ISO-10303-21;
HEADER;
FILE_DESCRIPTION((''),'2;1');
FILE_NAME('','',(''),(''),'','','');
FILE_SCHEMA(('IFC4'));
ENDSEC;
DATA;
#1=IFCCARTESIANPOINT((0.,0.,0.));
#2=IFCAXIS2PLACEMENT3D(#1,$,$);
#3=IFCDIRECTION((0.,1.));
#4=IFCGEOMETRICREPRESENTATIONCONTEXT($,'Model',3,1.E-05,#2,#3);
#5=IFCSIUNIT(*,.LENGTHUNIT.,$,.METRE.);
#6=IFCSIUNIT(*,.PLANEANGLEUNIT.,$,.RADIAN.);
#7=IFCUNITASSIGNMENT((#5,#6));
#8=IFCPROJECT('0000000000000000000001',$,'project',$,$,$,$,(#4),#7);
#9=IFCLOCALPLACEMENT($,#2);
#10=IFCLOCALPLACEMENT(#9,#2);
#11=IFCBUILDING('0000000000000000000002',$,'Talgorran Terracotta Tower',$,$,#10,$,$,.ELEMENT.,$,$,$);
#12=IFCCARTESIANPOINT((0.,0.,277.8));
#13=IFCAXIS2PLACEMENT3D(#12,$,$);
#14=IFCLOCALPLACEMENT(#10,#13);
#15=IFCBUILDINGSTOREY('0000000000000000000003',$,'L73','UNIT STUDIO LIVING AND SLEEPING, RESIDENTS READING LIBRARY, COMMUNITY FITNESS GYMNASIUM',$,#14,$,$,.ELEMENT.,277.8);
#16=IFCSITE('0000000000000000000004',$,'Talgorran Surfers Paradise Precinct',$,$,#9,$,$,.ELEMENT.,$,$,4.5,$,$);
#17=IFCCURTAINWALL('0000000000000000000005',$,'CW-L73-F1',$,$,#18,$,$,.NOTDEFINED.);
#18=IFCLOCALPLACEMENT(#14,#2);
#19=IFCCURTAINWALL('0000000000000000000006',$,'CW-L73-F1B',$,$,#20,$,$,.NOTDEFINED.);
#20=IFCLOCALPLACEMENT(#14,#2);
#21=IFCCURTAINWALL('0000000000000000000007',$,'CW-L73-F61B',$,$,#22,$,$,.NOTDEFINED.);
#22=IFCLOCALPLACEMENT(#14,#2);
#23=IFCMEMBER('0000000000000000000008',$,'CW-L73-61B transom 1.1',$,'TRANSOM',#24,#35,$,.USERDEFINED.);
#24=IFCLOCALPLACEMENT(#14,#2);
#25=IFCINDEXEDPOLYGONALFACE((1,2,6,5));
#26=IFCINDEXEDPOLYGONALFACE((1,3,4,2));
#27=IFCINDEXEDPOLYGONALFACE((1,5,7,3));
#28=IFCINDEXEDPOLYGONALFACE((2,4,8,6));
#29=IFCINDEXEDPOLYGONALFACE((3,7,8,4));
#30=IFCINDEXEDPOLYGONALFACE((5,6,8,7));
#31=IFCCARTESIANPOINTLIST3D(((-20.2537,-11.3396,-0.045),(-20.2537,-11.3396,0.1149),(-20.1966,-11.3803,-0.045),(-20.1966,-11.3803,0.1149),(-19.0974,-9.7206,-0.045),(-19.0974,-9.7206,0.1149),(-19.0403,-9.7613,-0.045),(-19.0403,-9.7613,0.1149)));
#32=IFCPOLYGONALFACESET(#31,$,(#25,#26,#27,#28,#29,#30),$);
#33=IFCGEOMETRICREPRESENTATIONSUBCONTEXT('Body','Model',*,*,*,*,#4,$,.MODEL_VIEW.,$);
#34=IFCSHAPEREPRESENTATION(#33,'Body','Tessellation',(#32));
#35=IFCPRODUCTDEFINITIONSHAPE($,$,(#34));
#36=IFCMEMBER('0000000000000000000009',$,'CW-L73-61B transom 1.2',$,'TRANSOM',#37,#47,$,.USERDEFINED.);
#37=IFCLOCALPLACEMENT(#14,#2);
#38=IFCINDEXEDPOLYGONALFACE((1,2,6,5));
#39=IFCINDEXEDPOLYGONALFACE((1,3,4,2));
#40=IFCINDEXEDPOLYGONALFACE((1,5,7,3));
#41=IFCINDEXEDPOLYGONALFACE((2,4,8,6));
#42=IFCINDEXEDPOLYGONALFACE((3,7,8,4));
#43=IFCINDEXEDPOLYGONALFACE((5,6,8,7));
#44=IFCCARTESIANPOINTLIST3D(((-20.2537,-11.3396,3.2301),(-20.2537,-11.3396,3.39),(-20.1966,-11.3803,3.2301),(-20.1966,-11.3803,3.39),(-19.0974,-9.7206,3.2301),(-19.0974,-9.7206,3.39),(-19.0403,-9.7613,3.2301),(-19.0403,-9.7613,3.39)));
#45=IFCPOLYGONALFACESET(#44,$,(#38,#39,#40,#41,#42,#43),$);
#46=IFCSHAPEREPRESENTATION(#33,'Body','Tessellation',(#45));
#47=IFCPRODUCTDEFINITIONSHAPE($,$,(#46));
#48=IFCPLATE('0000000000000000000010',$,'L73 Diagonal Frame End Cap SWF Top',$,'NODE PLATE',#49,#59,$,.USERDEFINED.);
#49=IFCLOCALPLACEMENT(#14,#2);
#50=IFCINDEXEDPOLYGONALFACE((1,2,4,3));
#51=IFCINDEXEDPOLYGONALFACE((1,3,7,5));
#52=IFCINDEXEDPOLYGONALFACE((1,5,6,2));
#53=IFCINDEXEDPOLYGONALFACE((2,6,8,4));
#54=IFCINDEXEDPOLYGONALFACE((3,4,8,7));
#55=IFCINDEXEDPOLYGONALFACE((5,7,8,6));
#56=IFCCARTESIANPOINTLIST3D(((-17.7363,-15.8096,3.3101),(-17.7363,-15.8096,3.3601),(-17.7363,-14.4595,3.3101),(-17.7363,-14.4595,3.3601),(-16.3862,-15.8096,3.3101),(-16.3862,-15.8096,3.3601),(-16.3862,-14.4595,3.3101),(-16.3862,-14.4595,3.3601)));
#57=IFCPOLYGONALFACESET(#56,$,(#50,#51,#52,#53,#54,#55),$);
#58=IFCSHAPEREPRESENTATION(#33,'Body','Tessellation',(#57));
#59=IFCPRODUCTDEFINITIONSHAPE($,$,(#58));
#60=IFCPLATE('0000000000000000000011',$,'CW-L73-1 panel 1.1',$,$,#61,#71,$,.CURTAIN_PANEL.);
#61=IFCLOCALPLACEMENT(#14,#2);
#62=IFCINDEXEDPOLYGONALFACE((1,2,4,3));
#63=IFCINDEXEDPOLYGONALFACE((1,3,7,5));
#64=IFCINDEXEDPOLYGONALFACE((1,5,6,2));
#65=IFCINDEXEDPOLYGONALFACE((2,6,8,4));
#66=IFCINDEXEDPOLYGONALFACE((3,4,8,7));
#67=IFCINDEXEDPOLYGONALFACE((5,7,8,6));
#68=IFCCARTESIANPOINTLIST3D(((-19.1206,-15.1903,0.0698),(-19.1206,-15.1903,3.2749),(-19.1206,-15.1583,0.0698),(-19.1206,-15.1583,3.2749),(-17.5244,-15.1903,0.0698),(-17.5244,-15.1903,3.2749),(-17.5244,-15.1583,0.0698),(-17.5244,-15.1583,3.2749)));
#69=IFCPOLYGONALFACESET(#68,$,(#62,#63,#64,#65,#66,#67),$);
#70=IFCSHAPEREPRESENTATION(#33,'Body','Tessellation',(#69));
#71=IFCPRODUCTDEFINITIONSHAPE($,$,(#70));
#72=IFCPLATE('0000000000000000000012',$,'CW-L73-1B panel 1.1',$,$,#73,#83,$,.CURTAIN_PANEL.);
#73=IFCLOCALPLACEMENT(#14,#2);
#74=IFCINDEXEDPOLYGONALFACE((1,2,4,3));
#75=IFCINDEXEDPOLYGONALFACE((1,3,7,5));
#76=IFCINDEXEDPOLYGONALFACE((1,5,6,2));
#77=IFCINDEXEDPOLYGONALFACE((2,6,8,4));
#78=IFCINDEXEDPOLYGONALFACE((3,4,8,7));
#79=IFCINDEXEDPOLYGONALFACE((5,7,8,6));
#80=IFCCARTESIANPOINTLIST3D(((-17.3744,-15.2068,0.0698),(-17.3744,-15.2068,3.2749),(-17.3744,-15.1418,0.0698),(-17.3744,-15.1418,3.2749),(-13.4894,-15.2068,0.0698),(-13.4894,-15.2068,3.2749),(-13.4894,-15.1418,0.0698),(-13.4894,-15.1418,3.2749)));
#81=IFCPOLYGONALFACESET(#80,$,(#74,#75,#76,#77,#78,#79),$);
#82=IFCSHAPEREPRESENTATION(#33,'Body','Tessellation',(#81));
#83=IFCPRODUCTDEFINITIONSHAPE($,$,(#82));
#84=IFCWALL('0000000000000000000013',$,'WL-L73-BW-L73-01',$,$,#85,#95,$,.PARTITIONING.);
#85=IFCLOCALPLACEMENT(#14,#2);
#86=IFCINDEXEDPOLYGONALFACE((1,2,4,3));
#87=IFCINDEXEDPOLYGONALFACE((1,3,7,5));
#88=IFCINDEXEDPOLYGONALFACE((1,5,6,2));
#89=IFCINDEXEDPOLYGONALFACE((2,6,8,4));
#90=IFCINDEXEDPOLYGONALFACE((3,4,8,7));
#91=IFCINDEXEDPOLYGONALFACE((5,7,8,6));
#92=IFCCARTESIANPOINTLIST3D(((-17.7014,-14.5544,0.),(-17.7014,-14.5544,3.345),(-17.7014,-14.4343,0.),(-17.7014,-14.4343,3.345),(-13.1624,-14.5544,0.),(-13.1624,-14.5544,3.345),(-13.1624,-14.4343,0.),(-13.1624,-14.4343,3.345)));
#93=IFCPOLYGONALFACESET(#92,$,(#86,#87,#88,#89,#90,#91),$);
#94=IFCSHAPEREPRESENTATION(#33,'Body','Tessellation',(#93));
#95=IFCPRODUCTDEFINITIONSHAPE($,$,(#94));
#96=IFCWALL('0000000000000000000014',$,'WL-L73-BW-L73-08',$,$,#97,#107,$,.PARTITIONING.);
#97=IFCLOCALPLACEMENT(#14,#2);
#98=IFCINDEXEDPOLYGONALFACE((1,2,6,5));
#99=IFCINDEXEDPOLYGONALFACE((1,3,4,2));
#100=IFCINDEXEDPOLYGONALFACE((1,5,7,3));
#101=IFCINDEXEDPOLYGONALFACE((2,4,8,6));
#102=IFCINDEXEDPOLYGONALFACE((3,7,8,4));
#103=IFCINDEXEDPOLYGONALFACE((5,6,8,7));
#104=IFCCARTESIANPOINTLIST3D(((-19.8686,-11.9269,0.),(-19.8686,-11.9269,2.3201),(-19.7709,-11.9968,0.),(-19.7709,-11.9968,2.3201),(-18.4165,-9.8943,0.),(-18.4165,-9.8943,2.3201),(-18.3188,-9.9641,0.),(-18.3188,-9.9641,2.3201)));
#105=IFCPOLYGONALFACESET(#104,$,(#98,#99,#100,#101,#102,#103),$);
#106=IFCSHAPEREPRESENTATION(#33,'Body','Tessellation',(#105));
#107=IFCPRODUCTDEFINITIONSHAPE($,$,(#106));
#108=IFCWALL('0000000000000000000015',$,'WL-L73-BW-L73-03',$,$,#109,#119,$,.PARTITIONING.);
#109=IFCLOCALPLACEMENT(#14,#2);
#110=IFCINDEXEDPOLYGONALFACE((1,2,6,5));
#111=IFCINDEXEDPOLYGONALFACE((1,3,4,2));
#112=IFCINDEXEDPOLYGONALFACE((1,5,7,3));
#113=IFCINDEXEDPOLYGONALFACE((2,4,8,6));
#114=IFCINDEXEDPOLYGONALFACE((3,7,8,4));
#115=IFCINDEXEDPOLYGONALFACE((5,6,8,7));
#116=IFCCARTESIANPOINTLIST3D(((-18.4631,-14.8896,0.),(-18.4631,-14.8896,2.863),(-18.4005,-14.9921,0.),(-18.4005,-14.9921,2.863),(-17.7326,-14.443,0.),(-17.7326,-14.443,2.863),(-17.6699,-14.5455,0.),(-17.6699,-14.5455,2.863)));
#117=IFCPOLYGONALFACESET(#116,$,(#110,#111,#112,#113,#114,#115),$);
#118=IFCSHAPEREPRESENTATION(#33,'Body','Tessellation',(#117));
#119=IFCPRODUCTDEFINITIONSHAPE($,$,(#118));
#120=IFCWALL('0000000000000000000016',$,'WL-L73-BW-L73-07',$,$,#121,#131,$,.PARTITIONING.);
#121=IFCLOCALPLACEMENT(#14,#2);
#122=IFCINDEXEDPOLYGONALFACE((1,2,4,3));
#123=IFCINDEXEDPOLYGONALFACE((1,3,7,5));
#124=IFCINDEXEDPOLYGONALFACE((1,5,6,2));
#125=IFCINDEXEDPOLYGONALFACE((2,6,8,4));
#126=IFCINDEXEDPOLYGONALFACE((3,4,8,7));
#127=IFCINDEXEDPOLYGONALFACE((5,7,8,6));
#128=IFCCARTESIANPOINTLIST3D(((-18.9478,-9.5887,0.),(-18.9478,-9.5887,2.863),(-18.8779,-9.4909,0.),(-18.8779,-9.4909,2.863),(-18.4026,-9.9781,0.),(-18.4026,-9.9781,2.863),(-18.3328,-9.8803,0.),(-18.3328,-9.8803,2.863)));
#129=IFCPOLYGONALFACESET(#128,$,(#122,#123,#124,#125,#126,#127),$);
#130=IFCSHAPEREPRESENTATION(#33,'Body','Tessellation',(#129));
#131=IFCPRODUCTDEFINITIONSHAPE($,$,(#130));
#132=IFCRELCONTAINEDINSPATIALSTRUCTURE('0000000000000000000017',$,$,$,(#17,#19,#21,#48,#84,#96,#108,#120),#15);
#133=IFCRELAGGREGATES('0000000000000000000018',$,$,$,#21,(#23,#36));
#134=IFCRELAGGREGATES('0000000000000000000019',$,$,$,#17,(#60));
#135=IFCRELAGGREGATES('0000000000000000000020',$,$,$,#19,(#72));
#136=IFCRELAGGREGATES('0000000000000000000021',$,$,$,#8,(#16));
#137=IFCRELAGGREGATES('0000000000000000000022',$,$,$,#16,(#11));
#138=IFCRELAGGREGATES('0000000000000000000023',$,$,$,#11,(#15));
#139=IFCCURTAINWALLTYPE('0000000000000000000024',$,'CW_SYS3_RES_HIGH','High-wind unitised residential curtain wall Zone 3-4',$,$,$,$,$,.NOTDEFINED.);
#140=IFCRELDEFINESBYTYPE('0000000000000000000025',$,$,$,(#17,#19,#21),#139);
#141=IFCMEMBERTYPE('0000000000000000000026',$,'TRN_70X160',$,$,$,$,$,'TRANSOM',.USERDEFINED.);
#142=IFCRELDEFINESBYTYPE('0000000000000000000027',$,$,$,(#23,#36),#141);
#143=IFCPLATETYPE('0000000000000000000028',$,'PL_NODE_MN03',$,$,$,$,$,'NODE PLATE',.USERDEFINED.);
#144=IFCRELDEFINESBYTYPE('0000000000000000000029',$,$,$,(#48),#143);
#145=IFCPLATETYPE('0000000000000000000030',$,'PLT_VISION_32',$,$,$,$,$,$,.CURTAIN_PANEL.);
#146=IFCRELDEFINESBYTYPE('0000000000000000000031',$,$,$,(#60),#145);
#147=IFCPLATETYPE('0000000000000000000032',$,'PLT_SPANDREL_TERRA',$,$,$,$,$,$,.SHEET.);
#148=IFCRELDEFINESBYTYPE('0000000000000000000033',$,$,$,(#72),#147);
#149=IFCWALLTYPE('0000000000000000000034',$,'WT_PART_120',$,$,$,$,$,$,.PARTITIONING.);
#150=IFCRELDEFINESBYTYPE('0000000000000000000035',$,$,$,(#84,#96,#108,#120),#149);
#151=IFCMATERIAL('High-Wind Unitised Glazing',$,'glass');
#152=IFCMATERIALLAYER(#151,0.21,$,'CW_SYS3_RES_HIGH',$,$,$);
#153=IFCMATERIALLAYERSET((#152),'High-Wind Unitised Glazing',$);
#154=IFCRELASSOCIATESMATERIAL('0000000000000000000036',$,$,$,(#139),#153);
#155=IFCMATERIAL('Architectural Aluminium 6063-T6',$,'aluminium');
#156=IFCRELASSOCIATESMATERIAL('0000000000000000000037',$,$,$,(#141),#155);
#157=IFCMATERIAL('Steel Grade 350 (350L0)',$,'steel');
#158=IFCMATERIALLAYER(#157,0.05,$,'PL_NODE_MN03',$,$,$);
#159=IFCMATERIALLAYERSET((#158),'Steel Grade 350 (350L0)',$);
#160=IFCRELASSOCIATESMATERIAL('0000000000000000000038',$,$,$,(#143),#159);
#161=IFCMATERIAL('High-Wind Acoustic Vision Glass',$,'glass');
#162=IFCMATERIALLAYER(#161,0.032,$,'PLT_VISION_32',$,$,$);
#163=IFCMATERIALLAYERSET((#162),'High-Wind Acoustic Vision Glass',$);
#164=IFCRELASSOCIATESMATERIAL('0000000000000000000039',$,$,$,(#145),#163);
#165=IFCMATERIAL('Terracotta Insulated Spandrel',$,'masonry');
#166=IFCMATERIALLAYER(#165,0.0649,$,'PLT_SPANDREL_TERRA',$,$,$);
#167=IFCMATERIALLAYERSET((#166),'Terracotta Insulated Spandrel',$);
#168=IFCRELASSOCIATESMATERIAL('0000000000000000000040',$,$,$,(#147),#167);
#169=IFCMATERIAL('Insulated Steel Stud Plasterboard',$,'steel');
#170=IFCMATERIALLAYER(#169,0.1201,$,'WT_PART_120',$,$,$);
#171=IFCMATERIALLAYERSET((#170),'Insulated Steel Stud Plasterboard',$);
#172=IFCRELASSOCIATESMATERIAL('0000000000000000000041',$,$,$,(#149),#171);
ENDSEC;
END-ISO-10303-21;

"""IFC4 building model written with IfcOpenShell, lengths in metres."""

from ifc_helpers import new_model, si_unit, direction, frame, frame_2d, origin, origin_2d, place, context, subcontext, project, spatial, rectangle, extrude, source, transform, mapped, material, layer, layer_set, material_profile, profile_set, type_object, type_shapes, element, aggregate, save


model = new_model("IFC4")

# Units and contexts
model_context = context("Model", 3, precision=1e-05, world=origin(), true_north=direction((0.0, 1.0)))
body_context = subcontext(model_context, "Body", "Model", "MODEL_VIEW")
ifc_project = project(units=[si_unit("LENGTHUNIT", "METRE"), si_unit("PLANEANGLEUNIT", "RADIAN")], contexts=[model_context])

# Site, building, storey
site_placement = place(None, origin())
site = spatial("IfcSite", under=ifc_project, at=site_placement, Name="Talgorran Surfers Paradise Precinct", CompositionType="ELEMENT", RefElevation=4.5)
building_placement = place(site_placement, origin())
building = spatial("IfcBuilding", under=site, at=building_placement, Name="Talgorran Terracotta Tower", CompositionType="ELEMENT")
storey_placement = place(building_placement, frame((0.0, 0.0, 277.8)))
storey = spatial("IfcBuildingStorey", under=building, at=storey_placement, Name="L73", Description="UNIT STUDIO LIVING AND SLEEPING, RESIDENTS READING LIBRARY, COMMUNITY FITNESS GYMNASIUM", CompositionType="ELEMENT", Elevation=277.8)

# Shared definitions
ifc_material_1 = material(Name="Steel Grade 350 (350L0)", Category="steel")

# Curtain wall
ifc_material_2 = material(Name="High-Wind Unitised Glazing", Category="glass")
ifc_layer_1 = layer(ifc_material_2, 0.21, Name="CW_SYS3_RES_HIGH")
ifc_layer_set_1 = layer_set([ifc_layer_1], Name="High-Wind Unitised Glazing")
curtain_wall_type = type_object("IfcCurtainWallType", Name="CW_SYS3_RES_HIGH", Description="High-wind unitised residential curtain wall Zone 3-4", PredefinedType="NOTDEFINED", material=ifc_layer_set_1)
curtain_wall_1_placement = place(storey_placement, origin())
curtain_wall_1 = element("IfcCurtainWall", 1, at=curtain_wall_1_placement, inside=storey, type_object=curtain_wall_type, Name="CW-L73-F1", PredefinedType="NOTDEFINED")
ifc_material_3 = material(Name="Architectural Aluminium 6063-T6", Category="aluminium")

# Curtain walls
curtain_wall_2_placement = place(storey_placement, origin())
curtain_wall_2 = element("IfcCurtainWall", 2, at=curtain_wall_2_placement, inside=storey, type_object=curtain_wall_type, Name="CW-L73-F1B", PredefinedType="NOTDEFINED")
curtain_wall_3_placement = place(storey_placement, origin())
curtain_wall_3 = element("IfcCurtainWall", 3, at=curtain_wall_3_placement, inside=storey, type_object=curtain_wall_type, Name="CW-L73-F61B", PredefinedType="NOTDEFINED")

# Members
ifc_material_profile_1 = material_profile(ifc_material_3, rectangle(XDim=0.0701, YDim=0.1599, at=origin_2d()), Name="CWT70X160")
ifc_profile_set_1 = profile_set([ifc_material_profile_1], Name="Architectural Aluminium 6063-T6")
member_type_1 = type_object("IfcMemberType", Name="TRN_70X160", ElementType="TRANSOM", PredefinedType="USERDEFINED", material=ifc_profile_set_1)
member_1_placement = place(storey_placement, frame((-19.0688, -9.741, 0.0349), z_axis=(-0.581203, -0.813758, 0.0), x_axis=(0.813758, -0.581203, 0.0)))
member_1 = element("IfcMember", 4, at=member_1_placement, type_object=member_type_1, Name="CW-L73-61B transom 1.1", ObjectType="TRANSOM", PredefinedType="USERDEFINED", context=body_context, shape_type="SweptSolid", body=[
    extrude(rectangle(XDim=0.0701, YDim=0.1599, at=origin_2d()), origin(), (0.0, 0.0, 1.0), 1.9895),
])
member_2_placement = place(storey_placement, frame((-19.0688, -9.741, 3.3101), z_axis=(-0.581203, -0.813758, 0.0), x_axis=(0.813758, -0.581203, 0.0)))
member_2 = element("IfcMember", 5, at=member_2_placement, type_object=member_type_1, Name="CW-L73-61B transom 1.2", ObjectType="TRANSOM", PredefinedType="USERDEFINED", context=body_context, shape_type="SweptSolid", body=[
    extrude(rectangle(XDim=0.0701, YDim=0.1599, at=origin_2d()), origin(), (0.0, 0.0, 1.0), 1.9895),
])
aggregate(curtain_wall_3, [member_1, member_2])

# Plates
ifc_layer_2 = layer(ifc_material_1, 0.05, Name="PL_NODE_MN03")
ifc_layer_set_2 = layer_set([ifc_layer_2], Name="Steel Grade 350 (350L0)")
plate_type_1 = type_object("IfcPlateType", Name="PL_NODE_MN03", ElementType="NODE PLATE", PredefinedType="USERDEFINED", material=ifc_layer_set_2)
plate_1_placement = place(storey_placement, frame((-17.0613, -15.1345, 3.3101), z_axis=(0.0, 0.0, 1.0), x_axis=(-1.0, 0.0, 0.0)))
element("IfcPlate", 6, at=plate_1_placement, inside=storey, type_object=plate_type_1, Name="L73 Diagonal Frame End Cap SWF Top", ObjectType="NODE PLATE", PredefinedType="USERDEFINED", context=body_context, shape_type="SweptSolid", body=[
    extrude(rectangle(XDim=1.3501, YDim=1.3501, at=origin_2d()), origin(), (0.0, 0.0, 1.0), 0.05),
])
ifc_material_4 = material(Name="High-Wind Acoustic Vision Glass", Category="glass")
ifc_layer_3 = layer(ifc_material_4, 0.032, Name="PLT_VISION_32")
ifc_layer_set_3 = layer_set([ifc_layer_3], Name="High-Wind Acoustic Vision Glass")
plate_type_2 = type_object("IfcPlateType", Name="PLT_VISION_32", PredefinedType="CURTAIN_PANEL", material=ifc_layer_set_3)
shared_shape_1 = source(origin(), body_context, "Body", "SweptSolid", [
    extrude(rectangle(XDim=1.5962, YDim=0.032, at=origin_2d()), origin(), (0.0, 0.0, 1.0), 3.2051),
])
type_shapes(plate_type_2, [shared_shape_1])
plate_2_placement = place(storey_placement, frame((-18.3225, -15.1743, 0.0698), z_axis=(0.0, 0.0, 1.0), x_axis=(1.0, 0.0, 0.0)))
plate_2 = element("IfcPlate", 7, at=plate_2_placement, type_object=plate_type_2, Name="CW-L73-1 panel 1.1", PredefinedType="CURTAIN_PANEL", context=body_context, shape_type="MappedRepresentation", body=[
    mapped(shared_shape_1, transform((0.0, 0.0, 0.0), scale=1.0)),
])
aggregate(curtain_wall_1, [plate_2])
ifc_material_5 = material(Name="Terracotta Insulated Spandrel", Category="masonry")
ifc_layer_4 = layer(ifc_material_5, 0.0649, Name="PLT_SPANDREL_TERRA")
ifc_layer_set_4 = layer_set([ifc_layer_4], Name="Terracotta Insulated Spandrel")
plate_type_3 = type_object("IfcPlateType", Name="PLT_SPANDREL_TERRA", PredefinedType="SHEET", material=ifc_layer_set_4)
shared_shape_2 = source(origin(), body_context, "Body", "SweptSolid", [
    extrude(rectangle(XDim=3.885, YDim=0.0649, at=origin_2d()), origin(), (0.0, 0.0, 1.0), 3.2051),
])
type_shapes(plate_type_3, [shared_shape_2])
plate_3_placement = place(storey_placement, frame((-15.4319, -15.1743, 0.0698), z_axis=(0.0, 0.0, 1.0), x_axis=(1.0, 0.0, 0.0)))
plate_3 = element("IfcPlate", 8, at=plate_3_placement, type_object=plate_type_3, Name="CW-L73-1B panel 1.1", PredefinedType="CURTAIN_PANEL", context=body_context, shape_type="MappedRepresentation", body=[
    mapped(shared_shape_2, transform((0.0, 0.0, 0.0), scale=1.0)),
])
aggregate(curtain_wall_2, [plate_3])

# Walls
ifc_material_6 = material(Name="Insulated Steel Stud Plasterboard", Category="steel")
ifc_layer_5 = layer(ifc_material_6, 0.1201, Name="WT_PART_120")
ifc_layer_set_5 = layer_set([ifc_layer_5], Name="Insulated Steel Stud Plasterboard")
wall_type = type_object("IfcWallType", Name="WT_PART_120", PredefinedType="PARTITIONING", material=ifc_layer_set_5)
wall_1_placement = place(storey_placement, frame((-17.7014, -14.4944, 0.0), z_axis=(0.0, 0.0, 1.0), x_axis=(1.0, 0.0, 0.0)))
element("IfcWall", 9, at=wall_1_placement, inside=storey, type_object=wall_type, Name="WL-L73-BW-L73-01", PredefinedType="PARTITIONING", context=body_context, shape_type="SweptSolid", body=[
    extrude(rectangle(XDim=4.5391, YDim=0.1201, at=frame_2d((2.2695, 0.0))), origin(), (0.0, 0.0, 1.0), 3.345),
])
wall_2_placement = place(storey_placement, frame((-18.3677, -9.9292, 0.0), z_axis=(0.0, 0.0, 1.0), x_axis=(-0.581294, -0.813694, 0.0)))
element("IfcWall", 10, at=wall_2_placement, inside=storey, type_object=wall_type, Name="WL-L73-BW-L73-08", PredefinedType="PARTITIONING", context=body_context, shape_type="SweptSolid", body=[
    extrude(rectangle(XDim=2.498, YDim=0.1201, at=frame_2d((1.249, 0.0))), origin(), (0.0, 0.0, 1.0), 2.3201),
])
wall_3_placement = place(storey_placement, frame((-18.4319, -14.9409, 0.0), z_axis=(0.0, 0.0, 1.0), x_axis=(0.853211, 0.521565, 0.0)))
element("IfcWall", 11, at=wall_3_placement, inside=storey, type_object=wall_type, Name="WL-L73-BW-L73-03", PredefinedType="PARTITIONING", context=body_context, shape_type="SweptSolid", body=[
    extrude(rectangle(XDim=0.8562, YDim=0.1201, at=frame_2d((0.4282, 0.0))), origin(), (0.0, 0.0, 1.0), 2.863),
])
wall_4_placement = place(storey_placement, frame((-18.9128, -9.5398, 0.0), z_axis=(0.0, 0.0, 1.0), x_axis=(0.813733, -0.581238, 0.0)))
element("IfcWall", 12, at=wall_4_placement, inside=storey, type_object=wall_type, Name="WL-L73-BW-L73-07", PredefinedType="PARTITIONING", context=body_context, shape_type="SweptSolid", body=[
    extrude(rectangle(XDim=0.6699, YDim=0.1201, at=frame_2d((0.335, 0.0))), origin(), (0.0, 0.0, 1.0), 2.863),
])

save(model, "model.ifc")
